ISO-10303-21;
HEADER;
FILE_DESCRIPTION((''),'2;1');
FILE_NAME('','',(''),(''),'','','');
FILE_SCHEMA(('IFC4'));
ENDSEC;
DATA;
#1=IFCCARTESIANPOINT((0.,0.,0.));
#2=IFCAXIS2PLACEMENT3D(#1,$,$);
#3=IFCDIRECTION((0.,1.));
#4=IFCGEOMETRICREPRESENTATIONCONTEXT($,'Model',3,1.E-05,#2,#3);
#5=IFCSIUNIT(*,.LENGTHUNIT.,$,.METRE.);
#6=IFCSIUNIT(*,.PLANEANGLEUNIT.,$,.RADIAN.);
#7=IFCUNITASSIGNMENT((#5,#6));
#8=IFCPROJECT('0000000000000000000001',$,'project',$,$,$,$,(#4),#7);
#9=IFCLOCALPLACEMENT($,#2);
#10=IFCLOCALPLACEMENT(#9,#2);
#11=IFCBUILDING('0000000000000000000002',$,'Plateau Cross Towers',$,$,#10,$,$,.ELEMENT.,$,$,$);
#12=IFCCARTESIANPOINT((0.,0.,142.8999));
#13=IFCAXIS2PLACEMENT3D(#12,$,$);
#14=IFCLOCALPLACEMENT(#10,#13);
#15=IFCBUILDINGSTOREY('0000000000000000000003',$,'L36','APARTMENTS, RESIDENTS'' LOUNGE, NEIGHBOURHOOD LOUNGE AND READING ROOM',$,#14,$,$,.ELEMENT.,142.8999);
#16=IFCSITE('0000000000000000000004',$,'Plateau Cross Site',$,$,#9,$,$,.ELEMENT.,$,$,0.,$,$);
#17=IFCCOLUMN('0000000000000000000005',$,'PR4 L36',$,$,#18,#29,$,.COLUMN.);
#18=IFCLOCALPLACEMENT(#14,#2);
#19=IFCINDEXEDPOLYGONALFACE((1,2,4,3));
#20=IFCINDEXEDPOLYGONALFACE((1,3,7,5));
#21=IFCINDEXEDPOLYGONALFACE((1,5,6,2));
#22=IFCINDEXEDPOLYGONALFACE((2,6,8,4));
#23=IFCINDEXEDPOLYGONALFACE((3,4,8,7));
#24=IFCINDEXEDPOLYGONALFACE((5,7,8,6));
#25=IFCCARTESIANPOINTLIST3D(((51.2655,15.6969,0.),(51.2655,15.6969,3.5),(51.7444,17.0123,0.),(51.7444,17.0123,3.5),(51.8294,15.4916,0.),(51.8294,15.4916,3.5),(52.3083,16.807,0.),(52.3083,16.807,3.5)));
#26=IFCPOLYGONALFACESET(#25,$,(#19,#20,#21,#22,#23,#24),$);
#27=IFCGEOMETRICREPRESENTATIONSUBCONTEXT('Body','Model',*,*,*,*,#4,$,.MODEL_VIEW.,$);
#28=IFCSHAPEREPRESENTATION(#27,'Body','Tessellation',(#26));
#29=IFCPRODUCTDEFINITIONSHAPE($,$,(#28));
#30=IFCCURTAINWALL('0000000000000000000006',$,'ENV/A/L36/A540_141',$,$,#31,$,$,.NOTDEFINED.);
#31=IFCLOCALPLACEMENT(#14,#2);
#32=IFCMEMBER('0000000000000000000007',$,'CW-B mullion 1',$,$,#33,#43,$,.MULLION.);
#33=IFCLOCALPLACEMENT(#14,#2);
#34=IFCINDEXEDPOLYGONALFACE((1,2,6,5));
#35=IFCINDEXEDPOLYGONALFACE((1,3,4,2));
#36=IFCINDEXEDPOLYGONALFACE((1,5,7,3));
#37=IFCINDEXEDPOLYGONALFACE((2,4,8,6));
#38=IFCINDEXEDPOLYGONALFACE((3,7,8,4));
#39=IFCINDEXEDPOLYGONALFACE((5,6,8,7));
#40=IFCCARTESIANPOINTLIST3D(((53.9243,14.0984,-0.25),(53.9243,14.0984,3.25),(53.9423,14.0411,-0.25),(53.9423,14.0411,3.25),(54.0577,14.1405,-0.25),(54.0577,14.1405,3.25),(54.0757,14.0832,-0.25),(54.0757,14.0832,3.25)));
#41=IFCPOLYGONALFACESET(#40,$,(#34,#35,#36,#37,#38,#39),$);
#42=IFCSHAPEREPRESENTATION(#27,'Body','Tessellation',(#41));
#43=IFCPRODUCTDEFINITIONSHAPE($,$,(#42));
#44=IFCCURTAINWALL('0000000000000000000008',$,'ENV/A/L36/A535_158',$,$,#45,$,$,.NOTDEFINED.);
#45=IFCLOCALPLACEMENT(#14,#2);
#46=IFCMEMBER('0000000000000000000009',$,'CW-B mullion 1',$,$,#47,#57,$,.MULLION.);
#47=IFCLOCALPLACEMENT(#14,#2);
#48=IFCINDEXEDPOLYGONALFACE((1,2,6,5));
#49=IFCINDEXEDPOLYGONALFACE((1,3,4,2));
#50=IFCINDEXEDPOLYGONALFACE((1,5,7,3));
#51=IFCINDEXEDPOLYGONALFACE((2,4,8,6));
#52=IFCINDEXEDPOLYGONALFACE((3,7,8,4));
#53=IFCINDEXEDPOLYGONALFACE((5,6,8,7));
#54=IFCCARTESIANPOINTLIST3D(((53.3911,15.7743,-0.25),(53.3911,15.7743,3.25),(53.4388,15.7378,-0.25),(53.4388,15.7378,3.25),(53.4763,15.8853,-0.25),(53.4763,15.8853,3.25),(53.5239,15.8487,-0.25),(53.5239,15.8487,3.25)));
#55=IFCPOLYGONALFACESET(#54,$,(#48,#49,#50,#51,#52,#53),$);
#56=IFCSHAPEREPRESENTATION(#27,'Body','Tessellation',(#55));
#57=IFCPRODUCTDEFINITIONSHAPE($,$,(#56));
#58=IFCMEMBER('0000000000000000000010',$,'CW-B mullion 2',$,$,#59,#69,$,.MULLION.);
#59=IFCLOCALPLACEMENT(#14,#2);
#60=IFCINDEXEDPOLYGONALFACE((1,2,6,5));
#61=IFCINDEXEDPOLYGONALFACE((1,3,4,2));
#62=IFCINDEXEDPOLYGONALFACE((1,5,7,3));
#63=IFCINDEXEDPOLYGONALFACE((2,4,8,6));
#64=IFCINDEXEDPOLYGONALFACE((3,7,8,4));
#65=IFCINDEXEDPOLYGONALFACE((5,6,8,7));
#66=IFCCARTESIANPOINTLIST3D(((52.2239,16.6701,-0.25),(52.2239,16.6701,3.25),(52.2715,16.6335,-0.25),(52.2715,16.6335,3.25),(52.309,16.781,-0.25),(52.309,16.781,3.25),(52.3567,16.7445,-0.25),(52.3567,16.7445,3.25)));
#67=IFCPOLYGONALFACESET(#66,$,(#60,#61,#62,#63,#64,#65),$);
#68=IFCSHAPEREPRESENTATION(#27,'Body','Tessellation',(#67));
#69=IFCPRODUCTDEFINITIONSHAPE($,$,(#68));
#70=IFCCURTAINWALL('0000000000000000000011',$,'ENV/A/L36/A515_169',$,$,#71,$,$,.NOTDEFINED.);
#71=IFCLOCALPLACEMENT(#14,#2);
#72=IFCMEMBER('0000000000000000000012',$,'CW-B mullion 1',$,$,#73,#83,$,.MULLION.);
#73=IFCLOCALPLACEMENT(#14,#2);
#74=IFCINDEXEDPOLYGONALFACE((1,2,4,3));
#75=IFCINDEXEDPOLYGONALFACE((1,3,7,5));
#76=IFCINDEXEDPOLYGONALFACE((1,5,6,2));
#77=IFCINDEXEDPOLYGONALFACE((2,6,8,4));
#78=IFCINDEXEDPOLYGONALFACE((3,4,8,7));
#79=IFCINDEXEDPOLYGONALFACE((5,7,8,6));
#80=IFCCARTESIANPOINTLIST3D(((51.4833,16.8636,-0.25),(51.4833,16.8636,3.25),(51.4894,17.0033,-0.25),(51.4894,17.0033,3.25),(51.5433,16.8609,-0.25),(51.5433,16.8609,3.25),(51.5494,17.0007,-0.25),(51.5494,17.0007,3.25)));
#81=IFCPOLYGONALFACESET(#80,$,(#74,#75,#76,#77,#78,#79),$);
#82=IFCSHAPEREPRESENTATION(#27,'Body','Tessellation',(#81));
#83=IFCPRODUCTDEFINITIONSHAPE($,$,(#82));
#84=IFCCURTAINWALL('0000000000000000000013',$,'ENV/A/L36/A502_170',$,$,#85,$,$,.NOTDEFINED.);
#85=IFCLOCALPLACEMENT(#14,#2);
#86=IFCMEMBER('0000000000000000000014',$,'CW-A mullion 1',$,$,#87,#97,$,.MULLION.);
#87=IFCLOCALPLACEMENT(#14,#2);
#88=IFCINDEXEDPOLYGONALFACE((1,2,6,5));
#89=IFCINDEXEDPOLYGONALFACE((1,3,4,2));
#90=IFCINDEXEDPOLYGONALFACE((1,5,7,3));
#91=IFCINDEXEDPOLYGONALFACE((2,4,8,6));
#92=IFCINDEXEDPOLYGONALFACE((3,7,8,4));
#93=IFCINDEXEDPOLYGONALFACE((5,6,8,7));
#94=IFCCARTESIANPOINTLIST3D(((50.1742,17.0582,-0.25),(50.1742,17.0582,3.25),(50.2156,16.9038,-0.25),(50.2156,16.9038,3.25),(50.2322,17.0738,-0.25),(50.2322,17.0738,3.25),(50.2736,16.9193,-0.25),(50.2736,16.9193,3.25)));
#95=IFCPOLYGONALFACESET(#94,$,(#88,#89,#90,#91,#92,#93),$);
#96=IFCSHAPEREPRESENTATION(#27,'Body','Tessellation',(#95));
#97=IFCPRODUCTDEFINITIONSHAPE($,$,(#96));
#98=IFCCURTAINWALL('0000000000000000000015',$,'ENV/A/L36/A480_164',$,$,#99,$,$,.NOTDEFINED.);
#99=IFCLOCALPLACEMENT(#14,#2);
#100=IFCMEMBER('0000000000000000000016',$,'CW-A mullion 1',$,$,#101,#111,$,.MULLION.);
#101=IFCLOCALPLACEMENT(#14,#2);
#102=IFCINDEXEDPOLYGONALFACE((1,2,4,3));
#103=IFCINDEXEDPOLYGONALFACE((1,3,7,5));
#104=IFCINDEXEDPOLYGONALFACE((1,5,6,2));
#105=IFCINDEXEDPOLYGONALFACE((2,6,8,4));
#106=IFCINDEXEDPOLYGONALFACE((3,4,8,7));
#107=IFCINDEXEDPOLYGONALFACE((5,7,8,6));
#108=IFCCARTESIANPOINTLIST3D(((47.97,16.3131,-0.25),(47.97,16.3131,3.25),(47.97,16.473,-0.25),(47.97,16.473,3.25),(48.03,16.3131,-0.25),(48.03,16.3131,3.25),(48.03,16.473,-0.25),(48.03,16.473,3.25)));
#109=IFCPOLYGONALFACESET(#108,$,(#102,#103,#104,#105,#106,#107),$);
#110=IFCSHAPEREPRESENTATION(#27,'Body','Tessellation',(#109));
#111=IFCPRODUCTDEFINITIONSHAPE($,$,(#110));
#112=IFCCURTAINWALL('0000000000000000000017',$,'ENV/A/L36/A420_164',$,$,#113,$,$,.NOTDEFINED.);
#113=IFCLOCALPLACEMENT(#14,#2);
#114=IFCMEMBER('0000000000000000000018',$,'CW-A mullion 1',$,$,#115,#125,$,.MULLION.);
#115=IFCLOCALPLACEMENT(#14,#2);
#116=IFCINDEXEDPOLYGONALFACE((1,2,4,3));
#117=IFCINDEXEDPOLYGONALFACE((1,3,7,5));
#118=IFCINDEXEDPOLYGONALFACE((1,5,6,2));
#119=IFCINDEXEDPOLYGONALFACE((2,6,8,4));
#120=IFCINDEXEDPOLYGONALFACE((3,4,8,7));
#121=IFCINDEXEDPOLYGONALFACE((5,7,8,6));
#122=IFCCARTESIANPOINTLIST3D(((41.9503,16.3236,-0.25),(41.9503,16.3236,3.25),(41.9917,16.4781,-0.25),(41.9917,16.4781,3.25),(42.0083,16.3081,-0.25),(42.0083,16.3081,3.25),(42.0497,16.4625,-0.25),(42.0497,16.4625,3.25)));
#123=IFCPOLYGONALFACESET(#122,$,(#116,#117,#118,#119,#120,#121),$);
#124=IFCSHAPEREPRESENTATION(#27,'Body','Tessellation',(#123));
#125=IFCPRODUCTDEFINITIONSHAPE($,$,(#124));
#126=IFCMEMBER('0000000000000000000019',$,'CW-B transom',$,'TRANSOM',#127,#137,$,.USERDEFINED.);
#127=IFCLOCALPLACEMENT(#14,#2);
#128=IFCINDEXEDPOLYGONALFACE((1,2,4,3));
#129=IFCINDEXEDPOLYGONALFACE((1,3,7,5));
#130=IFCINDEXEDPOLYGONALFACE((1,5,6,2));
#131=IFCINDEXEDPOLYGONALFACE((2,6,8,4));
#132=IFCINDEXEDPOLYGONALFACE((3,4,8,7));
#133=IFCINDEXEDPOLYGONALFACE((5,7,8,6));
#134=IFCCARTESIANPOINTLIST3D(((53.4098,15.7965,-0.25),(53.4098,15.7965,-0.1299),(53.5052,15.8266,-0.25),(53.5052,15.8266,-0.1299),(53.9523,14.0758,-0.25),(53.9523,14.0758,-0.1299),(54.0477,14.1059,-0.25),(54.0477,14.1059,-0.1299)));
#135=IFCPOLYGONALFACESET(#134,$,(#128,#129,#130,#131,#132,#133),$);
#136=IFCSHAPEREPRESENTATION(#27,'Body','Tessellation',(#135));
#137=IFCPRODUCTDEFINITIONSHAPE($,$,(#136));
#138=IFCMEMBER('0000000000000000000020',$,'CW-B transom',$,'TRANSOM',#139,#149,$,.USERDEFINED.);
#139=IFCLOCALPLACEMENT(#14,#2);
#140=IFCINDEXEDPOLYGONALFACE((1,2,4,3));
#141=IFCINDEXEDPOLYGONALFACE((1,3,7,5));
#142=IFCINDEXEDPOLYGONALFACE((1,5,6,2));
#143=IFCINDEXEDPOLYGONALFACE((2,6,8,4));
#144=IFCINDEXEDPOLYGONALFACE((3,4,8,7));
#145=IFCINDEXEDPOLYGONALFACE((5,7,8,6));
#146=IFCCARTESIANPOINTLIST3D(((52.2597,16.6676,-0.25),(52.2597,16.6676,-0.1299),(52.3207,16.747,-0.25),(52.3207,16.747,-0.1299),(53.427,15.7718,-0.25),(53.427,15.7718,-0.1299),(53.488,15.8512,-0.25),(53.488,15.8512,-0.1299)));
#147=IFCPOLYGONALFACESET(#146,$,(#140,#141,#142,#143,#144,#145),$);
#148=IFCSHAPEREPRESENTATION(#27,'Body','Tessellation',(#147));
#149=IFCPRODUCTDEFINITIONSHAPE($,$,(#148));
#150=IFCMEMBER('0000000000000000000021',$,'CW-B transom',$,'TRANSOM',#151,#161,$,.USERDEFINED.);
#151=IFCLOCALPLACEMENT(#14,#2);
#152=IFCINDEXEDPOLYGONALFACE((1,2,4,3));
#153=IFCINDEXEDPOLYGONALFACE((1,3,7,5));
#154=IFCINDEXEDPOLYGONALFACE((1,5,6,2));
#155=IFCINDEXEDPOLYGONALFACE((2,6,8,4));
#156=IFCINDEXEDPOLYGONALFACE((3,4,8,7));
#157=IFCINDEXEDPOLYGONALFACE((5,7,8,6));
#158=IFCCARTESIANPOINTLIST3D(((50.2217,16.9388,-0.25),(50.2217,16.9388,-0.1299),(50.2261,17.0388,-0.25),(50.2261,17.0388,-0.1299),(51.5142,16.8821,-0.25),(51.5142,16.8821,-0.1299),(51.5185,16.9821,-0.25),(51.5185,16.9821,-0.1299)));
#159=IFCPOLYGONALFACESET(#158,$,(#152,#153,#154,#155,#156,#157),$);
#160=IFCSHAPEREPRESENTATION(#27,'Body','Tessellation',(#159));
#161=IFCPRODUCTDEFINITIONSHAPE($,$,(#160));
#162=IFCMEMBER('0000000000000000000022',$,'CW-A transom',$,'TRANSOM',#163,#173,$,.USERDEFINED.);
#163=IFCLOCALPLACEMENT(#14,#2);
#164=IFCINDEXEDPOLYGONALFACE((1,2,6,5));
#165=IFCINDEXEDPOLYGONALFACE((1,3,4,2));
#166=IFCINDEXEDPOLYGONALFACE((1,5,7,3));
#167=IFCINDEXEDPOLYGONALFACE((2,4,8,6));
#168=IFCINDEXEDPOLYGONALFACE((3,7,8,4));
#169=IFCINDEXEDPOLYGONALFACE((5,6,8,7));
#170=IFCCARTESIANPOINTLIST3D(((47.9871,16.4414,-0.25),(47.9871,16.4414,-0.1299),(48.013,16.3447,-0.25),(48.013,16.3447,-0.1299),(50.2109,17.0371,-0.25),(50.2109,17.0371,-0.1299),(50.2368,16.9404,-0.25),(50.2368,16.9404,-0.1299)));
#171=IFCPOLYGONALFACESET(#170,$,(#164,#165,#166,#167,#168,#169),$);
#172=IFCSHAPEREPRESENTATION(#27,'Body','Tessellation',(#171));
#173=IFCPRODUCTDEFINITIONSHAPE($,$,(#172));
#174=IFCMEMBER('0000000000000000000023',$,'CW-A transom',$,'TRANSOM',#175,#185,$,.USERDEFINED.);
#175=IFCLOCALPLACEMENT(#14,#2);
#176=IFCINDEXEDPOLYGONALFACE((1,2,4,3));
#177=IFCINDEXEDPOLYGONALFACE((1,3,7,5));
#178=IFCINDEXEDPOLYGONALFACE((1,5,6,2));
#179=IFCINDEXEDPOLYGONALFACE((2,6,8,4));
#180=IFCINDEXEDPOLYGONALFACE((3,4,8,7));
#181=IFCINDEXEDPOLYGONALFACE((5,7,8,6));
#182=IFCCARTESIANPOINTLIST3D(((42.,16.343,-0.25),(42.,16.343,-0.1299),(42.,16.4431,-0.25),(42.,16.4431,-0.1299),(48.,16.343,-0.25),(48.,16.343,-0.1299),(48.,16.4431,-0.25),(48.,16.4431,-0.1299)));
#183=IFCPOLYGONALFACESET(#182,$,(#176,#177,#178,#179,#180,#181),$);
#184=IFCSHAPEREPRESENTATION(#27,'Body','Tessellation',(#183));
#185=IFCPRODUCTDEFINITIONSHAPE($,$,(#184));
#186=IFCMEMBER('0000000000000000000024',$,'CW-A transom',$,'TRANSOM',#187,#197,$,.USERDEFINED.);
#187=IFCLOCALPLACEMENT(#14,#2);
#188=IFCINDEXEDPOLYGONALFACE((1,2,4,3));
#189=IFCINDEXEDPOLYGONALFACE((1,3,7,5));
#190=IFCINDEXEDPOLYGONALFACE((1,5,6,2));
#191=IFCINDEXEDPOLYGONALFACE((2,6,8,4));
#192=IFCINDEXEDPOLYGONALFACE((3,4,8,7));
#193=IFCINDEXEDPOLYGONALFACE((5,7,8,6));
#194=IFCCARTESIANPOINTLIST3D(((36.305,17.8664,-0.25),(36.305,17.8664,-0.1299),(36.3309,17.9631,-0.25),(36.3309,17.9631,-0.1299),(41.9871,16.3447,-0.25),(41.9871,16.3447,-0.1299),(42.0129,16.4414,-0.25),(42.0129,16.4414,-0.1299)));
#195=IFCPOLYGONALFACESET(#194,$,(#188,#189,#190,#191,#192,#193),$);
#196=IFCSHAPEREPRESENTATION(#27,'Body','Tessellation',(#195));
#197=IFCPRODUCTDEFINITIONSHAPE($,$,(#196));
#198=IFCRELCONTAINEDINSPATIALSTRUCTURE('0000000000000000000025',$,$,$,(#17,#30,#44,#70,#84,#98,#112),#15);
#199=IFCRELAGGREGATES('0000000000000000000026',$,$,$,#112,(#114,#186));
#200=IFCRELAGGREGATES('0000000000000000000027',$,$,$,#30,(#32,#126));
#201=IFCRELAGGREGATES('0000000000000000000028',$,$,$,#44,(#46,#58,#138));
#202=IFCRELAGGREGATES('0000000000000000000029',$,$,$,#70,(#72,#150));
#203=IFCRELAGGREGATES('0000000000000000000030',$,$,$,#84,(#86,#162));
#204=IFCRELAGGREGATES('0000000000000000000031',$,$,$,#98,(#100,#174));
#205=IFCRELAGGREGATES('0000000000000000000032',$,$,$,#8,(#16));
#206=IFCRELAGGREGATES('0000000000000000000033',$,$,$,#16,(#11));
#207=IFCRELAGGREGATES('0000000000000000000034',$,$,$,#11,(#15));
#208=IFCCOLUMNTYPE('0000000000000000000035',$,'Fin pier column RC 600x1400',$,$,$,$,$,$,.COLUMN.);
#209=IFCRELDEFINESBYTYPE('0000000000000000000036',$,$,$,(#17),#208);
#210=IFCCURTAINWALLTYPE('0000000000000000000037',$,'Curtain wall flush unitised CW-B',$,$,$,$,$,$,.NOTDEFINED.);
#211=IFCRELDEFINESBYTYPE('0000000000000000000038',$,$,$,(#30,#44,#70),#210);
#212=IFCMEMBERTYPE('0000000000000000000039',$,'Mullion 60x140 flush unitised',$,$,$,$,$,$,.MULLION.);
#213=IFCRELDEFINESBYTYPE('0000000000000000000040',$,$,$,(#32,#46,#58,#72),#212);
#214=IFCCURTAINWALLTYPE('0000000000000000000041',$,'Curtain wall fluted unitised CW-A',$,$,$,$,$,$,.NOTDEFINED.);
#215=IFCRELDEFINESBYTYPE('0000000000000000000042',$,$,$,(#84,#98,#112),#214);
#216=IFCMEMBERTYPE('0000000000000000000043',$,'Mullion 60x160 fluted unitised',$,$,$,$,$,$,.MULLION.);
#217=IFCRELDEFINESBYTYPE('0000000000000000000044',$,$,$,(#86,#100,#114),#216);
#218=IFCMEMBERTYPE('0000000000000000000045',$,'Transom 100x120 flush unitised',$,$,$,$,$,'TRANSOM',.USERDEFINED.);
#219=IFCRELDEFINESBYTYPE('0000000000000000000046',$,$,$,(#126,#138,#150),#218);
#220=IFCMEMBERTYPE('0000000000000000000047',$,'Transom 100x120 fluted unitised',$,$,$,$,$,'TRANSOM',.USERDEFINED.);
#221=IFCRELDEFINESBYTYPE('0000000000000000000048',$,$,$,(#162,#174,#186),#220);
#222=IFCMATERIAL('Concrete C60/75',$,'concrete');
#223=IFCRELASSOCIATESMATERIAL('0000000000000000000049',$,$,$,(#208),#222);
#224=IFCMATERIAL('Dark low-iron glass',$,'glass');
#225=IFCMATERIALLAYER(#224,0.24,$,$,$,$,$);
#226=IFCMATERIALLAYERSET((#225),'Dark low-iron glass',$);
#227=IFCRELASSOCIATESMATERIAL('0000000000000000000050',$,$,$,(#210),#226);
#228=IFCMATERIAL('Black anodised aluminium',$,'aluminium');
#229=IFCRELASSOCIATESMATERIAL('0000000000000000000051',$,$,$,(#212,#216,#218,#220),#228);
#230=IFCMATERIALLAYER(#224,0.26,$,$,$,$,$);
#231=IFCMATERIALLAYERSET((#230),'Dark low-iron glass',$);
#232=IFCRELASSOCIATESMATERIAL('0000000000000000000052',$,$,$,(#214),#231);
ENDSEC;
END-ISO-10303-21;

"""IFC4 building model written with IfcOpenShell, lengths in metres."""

from ifc_helpers import new_model, si_unit, direction, frame, origin, origin_2d, place, context, subcontext, project, spatial, rectangle, extrude, material, layer, layer_set, material_profile, profile_set, type_object, element, aggregate, save


model = new_model("IFC4")

# Units and contexts
model_context = context("Model", 3, precision=1e-05, world=origin(), true_north=direction((0.0, 1.0)))
body_context = subcontext(model_context, "Body", "Model", "MODEL_VIEW")
ifc_project = project(units=[si_unit("LENGTHUNIT", "METRE"), si_unit("PLANEANGLEUNIT", "RADIAN")], contexts=[model_context])

# Site, building, storey
site_placement = place(None, origin())
site = spatial("IfcSite", under=ifc_project, at=site_placement, Name="Plateau Cross Site", CompositionType="ELEMENT", RefElevation=0.0)
building_placement = place(site_placement, origin())
building = spatial("IfcBuilding", under=site, at=building_placement, Name="Plateau Cross Towers", CompositionType="ELEMENT")
storey_placement = place(building_placement, frame((0.0, 0.0, 142.8999)))
storey = spatial("IfcBuildingStorey", under=building, at=storey_placement, Name="L36", Description="APARTMENTS, RESIDENTS' LOUNGE, NEIGHBOURHOOD LOUNGE AND READING ROOM", CompositionType="ELEMENT", Elevation=142.8999)

# Column
ifc_material_1 = material(Name="Concrete C60/75", Category="concrete")
ifc_material_profile_1 = material_profile(ifc_material_1, rectangle(XDim=0.6001, YDim=1.3999, at=origin_2d()), Name="RC 600x1400")
ifc_profile_set_1 = profile_set([ifc_material_profile_1], Name="Concrete C60/75")
column_type = type_object("IfcColumnType", Name="Fin pier column RC 600x1400", PredefinedType="COLUMN", material=ifc_profile_set_1)
column_placement = place(storey_placement, frame((51.7869, 16.252, 0.0), z_axis=(0.0, 0.0, 1.0), x_axis=(-0.939664, 0.342098, 0.0)))
element("IfcColumn", 1, at=column_placement, inside=storey, type_object=column_type, Name="PR4 L36", PredefinedType="COLUMN", context=body_context, shape_type="SweptSolid", body=[
    extrude(rectangle(XDim=0.6001, YDim=1.3999, at=origin_2d()), origin(), (0.0, 0.0, 1.0), 3.5),
])

# Curtain wall, member
ifc_material_2 = material(Name="Dark low-iron glass", Category="glass")
ifc_layer_1 = layer(ifc_material_2, 0.24)
ifc_layer_set_1 = layer_set([ifc_layer_1], Name="Dark low-iron glass")
curtain_wall_type_1 = type_object("IfcCurtainWallType", Name="Curtain wall flush unitised CW-B", PredefinedType="NOTDEFINED", material=ifc_layer_set_1)
curtain_wall_1_placement = place(storey_placement, origin())
curtain_wall_1 = element("IfcCurtainWall", 2, at=curtain_wall_1_placement, inside=storey, type_object=curtain_wall_type_1, Name="ENV/A/L36/A540_141", PredefinedType="NOTDEFINED")
ifc_material_3 = material(Name="Black anodised aluminium", Category="aluminium")
ifc_material_profile_2 = material_profile(ifc_material_3, rectangle(XDim=0.0601, YDim=0.1399, at=origin_2d()), Name="MULLION 60x140")
ifc_profile_set_2 = profile_set([ifc_material_profile_2], Name="Black anodised aluminium")
member_type_1 = type_object("IfcMemberType", Name="Mullion 60x140 flush unitised", PredefinedType="MULLION", material=ifc_profile_set_2)
member_1_placement = place(storey_placement, frame((54.0, 14.0908, -0.25), z_axis=(0.0, 0.0, 1.0), x_axis=(-0.300686, 0.953723, 0.0)))
member_1 = element("IfcMember", 3, at=member_1_placement, type_object=member_type_1, Name="CW-B mullion 1", PredefinedType="MULLION", context=body_context, shape_type="SweptSolid", body=[
    extrude(rectangle(XDim=0.0601, YDim=0.1399, at=origin_2d()), origin(), (0.0, 0.0, 1.0), 3.5),
])

# Curtain wall, members
curtain_wall_2_placement = place(storey_placement, origin())
curtain_wall_2 = element("IfcCurtainWall", 4, at=curtain_wall_2_placement, inside=storey, type_object=curtain_wall_type_1, Name="ENV/A/L36/A535_158", PredefinedType="NOTDEFINED")
member_2_placement = place(storey_placement, frame((53.4575, 15.8115, -0.25), z_axis=(0.0, 0.0, 1.0), x_axis=(-0.793316, 0.608811, 0.0)))
member_2 = element("IfcMember", 5, at=member_2_placement, type_object=member_type_1, Name="CW-B mullion 1", PredefinedType="MULLION", context=body_context, shape_type="SweptSolid", body=[
    extrude(rectangle(XDim=0.0601, YDim=0.1399, at=origin_2d()), origin(), (0.0, 0.0, 1.0), 3.5),
])
member_3_placement = place(storey_placement, frame((52.2903, 16.7073, -0.25), z_axis=(0.0, 0.0, 1.0), x_axis=(-0.793316, 0.608811, 0.0)))
member_3 = element("IfcMember", 6, at=member_3_placement, type_object=member_type_1, Name="CW-B mullion 2", PredefinedType="MULLION", context=body_context, shape_type="SweptSolid", body=[
    extrude(rectangle(XDim=0.0601, YDim=0.1399, at=origin_2d()), origin(), (0.0, 0.0, 1.0), 3.5),
])

# Curtain walls, members
curtain_wall_3_placement = place(storey_placement, origin())
curtain_wall_3 = element("IfcCurtainWall", 7, at=curtain_wall_3_placement, inside=storey, type_object=curtain_wall_type_1, Name="ENV/A/L36/A515_169", PredefinedType="NOTDEFINED")
member_4_placement = place(storey_placement, frame((51.5164, 16.9321, -0.25), z_axis=(0.0, 0.0, 1.0), x_axis=(-0.999044, 0.043723, 0.0)))
member_4 = element("IfcMember", 8, at=member_4_placement, type_object=member_type_1, Name="CW-B mullion 1", PredefinedType="MULLION", context=body_context, shape_type="SweptSolid", body=[
    extrude(rectangle(XDim=0.0601, YDim=0.1399, at=origin_2d()), origin(), (0.0, 0.0, 1.0), 3.5),
])
ifc_layer_2 = layer(ifc_material_2, 0.26)
ifc_layer_set_2 = layer_set([ifc_layer_2], Name="Dark low-iron glass")
curtain_wall_type_2 = type_object("IfcCurtainWallType", Name="Curtain wall fluted unitised CW-A", PredefinedType="NOTDEFINED", material=ifc_layer_set_2)
curtain_wall_4_placement = place(storey_placement, origin())
curtain_wall_4 = element("IfcCurtainWall", 9, at=curtain_wall_4_placement, inside=storey, type_object=curtain_wall_type_2, Name="ENV/A/L36/A502_170", PredefinedType="NOTDEFINED")
ifc_material_profile_3 = material_profile(ifc_material_3, rectangle(XDim=0.0601, YDim=0.1599, at=origin_2d()), Name="MULLION 60x160")
ifc_profile_set_3 = profile_set([ifc_material_profile_3], Name="Black anodised aluminium")
member_type_2 = type_object("IfcMemberType", Name="Mullion 60x160 fluted unitised", PredefinedType="MULLION", material=ifc_profile_set_3)
member_5_placement = place(storey_placement, frame((50.2239, 16.9888, -0.25), z_axis=(0.0, 0.0, 1.0), x_axis=(-0.965958, -0.258699, 0.0)))
member_5 = element("IfcMember", 10, at=member_5_placement, type_object=member_type_2, Name="CW-A mullion 1", PredefinedType="MULLION", context=body_context, shape_type="SweptSolid", body=[
    extrude(rectangle(XDim=0.0601, YDim=0.1599, at=origin_2d()), origin(), (0.0, 0.0, 1.0), 3.5),
])
curtain_wall_5_placement = place(storey_placement, origin())
curtain_wall_5 = element("IfcCurtainWall", 11, at=curtain_wall_5_placement, inside=storey, type_object=curtain_wall_type_2, Name="ENV/A/L36/A480_164", PredefinedType="NOTDEFINED")
member_6_placement = place(storey_placement, frame((48.0, 16.3931, -0.25), z_axis=(0.0, 0.0, 1.0), x_axis=(-1.0, 0.0, 0.0)))
member_6 = element("IfcMember", 12, at=member_6_placement, type_object=member_type_2, Name="CW-A mullion 1", PredefinedType="MULLION", context=body_context, shape_type="SweptSolid", body=[
    extrude(rectangle(XDim=0.0601, YDim=0.1599, at=origin_2d()), origin(), (0.0, 0.0, 1.0), 3.5),
])
curtain_wall_6_placement = place(storey_placement, origin())
curtain_wall_6 = element("IfcCurtainWall", 13, at=curtain_wall_6_placement, inside=storey, type_object=curtain_wall_type_2, Name="ENV/A/L36/A420_164", PredefinedType="NOTDEFINED")
member_7_placement = place(storey_placement, frame((42.0, 16.3931, -0.25), z_axis=(0.0, 0.0, 1.0), x_axis=(-0.965958, 0.258699, 0.0)))
member_7 = element("IfcMember", 14, at=member_7_placement, type_object=member_type_2, Name="CW-A mullion 1", PredefinedType="MULLION", context=body_context, shape_type="SweptSolid", body=[
    extrude(rectangle(XDim=0.0601, YDim=0.1599, at=origin_2d()), origin(), (0.0, 0.0, 1.0), 3.5),
])

# Members
ifc_material_profile_4 = material_profile(ifc_material_3, rectangle(XDim=0.1001, YDim=0.1201, at=origin_2d()), Name="TRANSOM 100x120")
ifc_profile_set_4 = profile_set([ifc_material_profile_4], Name="Black anodised aluminium")
member_type_3 = type_object("IfcMemberType", Name="Transom 100x120 flush unitised", ElementType="TRANSOM", PredefinedType="USERDEFINED", material=ifc_profile_set_4)
member_8_placement = place(storey_placement, frame((54.0, 14.0908, -0.1899), z_axis=(-0.300678, 0.953726, 0.0), x_axis=(-0.953726, -0.300678, 0.0)))
member_8 = element("IfcMember", 15, at=member_8_placement, type_object=member_type_3, Name="CW-B transom", ObjectType="TRANSOM", PredefinedType="USERDEFINED", context=body_context, shape_type="SweptSolid", body=[
    extrude(rectangle(XDim=0.1001, YDim=0.1201, at=origin_2d()), origin(), (0.0, 0.0, 1.0), 1.8042),
])
member_9_placement = place(storey_placement, frame((53.4575, 15.8115, -0.1899), z_axis=(-0.793321, 0.608804, 0.0), x_axis=(-0.608804, -0.793321, 0.0)))
member_9 = element("IfcMember", 16, at=member_9_placement, type_object=member_type_3, Name="CW-B transom", ObjectType="TRANSOM", PredefinedType="USERDEFINED", context=body_context, shape_type="SweptSolid", body=[
    extrude(rectangle(XDim=0.1001, YDim=0.1201, at=origin_2d()), origin(), (0.0, 0.0, 1.0), 1.4714),
])
member_10_placement = place(storey_placement, frame((51.5164, 16.9321, -0.1899), z_axis=(-0.999041, 0.043781, 0.0), x_axis=(-0.043781, -0.999041, 0.0)))
member_10 = element("IfcMember", 17, at=member_10_placement, type_object=member_type_3, Name="CW-B transom", ObjectType="TRANSOM", PredefinedType="USERDEFINED", context=body_context, shape_type="SweptSolid", body=[
    extrude(rectangle(XDim=0.1001, YDim=0.1201, at=origin_2d()), origin(), (0.0, 0.0, 1.0), 1.2937),
])
ifc_material_profile_5 = material_profile(ifc_material_3, rectangle(XDim=0.1001, YDim=0.1201, at=origin_2d()), Name="TRANSOM 100x120")
ifc_profile_set_5 = profile_set([ifc_material_profile_5], Name="Black anodised aluminium")
member_type_4 = type_object("IfcMemberType", Name="Transom 100x120 fluted unitised", ElementType="TRANSOM", PredefinedType="USERDEFINED", material=ifc_profile_set_5)
member_11_placement = place(storey_placement, frame((50.2239, 16.9888, -0.1899), z_axis=(-0.965946, -0.258745, 0.0), x_axis=(0.258745, -0.965946, 0.0)))
member_11 = element("IfcMember", 18, at=member_11_placement, type_object=member_type_4, Name="CW-A transom", ObjectType="TRANSOM", PredefinedType="USERDEFINED", context=body_context, shape_type="SweptSolid", body=[
    extrude(rectangle(XDim=0.1001, YDim=0.1201, at=origin_2d()), origin(), (0.0, 0.0, 1.0), 2.3022),
])
member_12_placement = place(storey_placement, frame((48.0, 16.3931, -0.1899), z_axis=(-1.0, 0.0, 0.0), x_axis=(0.0, -1.0, 0.0)))
member_12 = element("IfcMember", 19, at=member_12_placement, type_object=member_type_4, Name="CW-A transom", ObjectType="TRANSOM", PredefinedType="USERDEFINED", context=body_context, shape_type="SweptSolid", body=[
    extrude(rectangle(XDim=0.1001, YDim=0.1201, at=origin_2d()), origin(), (0.0, 0.0, 1.0), 6.0),
])
member_13_placement = place(storey_placement, frame((42.0, 16.3931, -0.1899), z_axis=(-0.96596, 0.258693, 0.0), x_axis=(-0.258693, -0.96596, 0.0)))
member_13 = element("IfcMember", 20, at=member_13_placement, type_object=member_type_4, Name="CW-A transom", ObjectType="TRANSOM", PredefinedType="USERDEFINED", context=body_context, shape_type="SweptSolid", body=[
    extrude(rectangle(XDim=0.1001, YDim=0.1201, at=origin_2d()), origin(), (0.0, 0.0, 1.0), 5.8823),
])
aggregate(curtain_wall_6, [member_7, member_13])

aggregate(curtain_wall_1, [member_1, member_8])
aggregate(curtain_wall_2, [member_2, member_3, member_9])
aggregate(curtain_wall_3, [member_4, member_10])
aggregate(curtain_wall_4, [member_5, member_11])
aggregate(curtain_wall_5, [member_6, member_12])

save(model, "model.ifc")
